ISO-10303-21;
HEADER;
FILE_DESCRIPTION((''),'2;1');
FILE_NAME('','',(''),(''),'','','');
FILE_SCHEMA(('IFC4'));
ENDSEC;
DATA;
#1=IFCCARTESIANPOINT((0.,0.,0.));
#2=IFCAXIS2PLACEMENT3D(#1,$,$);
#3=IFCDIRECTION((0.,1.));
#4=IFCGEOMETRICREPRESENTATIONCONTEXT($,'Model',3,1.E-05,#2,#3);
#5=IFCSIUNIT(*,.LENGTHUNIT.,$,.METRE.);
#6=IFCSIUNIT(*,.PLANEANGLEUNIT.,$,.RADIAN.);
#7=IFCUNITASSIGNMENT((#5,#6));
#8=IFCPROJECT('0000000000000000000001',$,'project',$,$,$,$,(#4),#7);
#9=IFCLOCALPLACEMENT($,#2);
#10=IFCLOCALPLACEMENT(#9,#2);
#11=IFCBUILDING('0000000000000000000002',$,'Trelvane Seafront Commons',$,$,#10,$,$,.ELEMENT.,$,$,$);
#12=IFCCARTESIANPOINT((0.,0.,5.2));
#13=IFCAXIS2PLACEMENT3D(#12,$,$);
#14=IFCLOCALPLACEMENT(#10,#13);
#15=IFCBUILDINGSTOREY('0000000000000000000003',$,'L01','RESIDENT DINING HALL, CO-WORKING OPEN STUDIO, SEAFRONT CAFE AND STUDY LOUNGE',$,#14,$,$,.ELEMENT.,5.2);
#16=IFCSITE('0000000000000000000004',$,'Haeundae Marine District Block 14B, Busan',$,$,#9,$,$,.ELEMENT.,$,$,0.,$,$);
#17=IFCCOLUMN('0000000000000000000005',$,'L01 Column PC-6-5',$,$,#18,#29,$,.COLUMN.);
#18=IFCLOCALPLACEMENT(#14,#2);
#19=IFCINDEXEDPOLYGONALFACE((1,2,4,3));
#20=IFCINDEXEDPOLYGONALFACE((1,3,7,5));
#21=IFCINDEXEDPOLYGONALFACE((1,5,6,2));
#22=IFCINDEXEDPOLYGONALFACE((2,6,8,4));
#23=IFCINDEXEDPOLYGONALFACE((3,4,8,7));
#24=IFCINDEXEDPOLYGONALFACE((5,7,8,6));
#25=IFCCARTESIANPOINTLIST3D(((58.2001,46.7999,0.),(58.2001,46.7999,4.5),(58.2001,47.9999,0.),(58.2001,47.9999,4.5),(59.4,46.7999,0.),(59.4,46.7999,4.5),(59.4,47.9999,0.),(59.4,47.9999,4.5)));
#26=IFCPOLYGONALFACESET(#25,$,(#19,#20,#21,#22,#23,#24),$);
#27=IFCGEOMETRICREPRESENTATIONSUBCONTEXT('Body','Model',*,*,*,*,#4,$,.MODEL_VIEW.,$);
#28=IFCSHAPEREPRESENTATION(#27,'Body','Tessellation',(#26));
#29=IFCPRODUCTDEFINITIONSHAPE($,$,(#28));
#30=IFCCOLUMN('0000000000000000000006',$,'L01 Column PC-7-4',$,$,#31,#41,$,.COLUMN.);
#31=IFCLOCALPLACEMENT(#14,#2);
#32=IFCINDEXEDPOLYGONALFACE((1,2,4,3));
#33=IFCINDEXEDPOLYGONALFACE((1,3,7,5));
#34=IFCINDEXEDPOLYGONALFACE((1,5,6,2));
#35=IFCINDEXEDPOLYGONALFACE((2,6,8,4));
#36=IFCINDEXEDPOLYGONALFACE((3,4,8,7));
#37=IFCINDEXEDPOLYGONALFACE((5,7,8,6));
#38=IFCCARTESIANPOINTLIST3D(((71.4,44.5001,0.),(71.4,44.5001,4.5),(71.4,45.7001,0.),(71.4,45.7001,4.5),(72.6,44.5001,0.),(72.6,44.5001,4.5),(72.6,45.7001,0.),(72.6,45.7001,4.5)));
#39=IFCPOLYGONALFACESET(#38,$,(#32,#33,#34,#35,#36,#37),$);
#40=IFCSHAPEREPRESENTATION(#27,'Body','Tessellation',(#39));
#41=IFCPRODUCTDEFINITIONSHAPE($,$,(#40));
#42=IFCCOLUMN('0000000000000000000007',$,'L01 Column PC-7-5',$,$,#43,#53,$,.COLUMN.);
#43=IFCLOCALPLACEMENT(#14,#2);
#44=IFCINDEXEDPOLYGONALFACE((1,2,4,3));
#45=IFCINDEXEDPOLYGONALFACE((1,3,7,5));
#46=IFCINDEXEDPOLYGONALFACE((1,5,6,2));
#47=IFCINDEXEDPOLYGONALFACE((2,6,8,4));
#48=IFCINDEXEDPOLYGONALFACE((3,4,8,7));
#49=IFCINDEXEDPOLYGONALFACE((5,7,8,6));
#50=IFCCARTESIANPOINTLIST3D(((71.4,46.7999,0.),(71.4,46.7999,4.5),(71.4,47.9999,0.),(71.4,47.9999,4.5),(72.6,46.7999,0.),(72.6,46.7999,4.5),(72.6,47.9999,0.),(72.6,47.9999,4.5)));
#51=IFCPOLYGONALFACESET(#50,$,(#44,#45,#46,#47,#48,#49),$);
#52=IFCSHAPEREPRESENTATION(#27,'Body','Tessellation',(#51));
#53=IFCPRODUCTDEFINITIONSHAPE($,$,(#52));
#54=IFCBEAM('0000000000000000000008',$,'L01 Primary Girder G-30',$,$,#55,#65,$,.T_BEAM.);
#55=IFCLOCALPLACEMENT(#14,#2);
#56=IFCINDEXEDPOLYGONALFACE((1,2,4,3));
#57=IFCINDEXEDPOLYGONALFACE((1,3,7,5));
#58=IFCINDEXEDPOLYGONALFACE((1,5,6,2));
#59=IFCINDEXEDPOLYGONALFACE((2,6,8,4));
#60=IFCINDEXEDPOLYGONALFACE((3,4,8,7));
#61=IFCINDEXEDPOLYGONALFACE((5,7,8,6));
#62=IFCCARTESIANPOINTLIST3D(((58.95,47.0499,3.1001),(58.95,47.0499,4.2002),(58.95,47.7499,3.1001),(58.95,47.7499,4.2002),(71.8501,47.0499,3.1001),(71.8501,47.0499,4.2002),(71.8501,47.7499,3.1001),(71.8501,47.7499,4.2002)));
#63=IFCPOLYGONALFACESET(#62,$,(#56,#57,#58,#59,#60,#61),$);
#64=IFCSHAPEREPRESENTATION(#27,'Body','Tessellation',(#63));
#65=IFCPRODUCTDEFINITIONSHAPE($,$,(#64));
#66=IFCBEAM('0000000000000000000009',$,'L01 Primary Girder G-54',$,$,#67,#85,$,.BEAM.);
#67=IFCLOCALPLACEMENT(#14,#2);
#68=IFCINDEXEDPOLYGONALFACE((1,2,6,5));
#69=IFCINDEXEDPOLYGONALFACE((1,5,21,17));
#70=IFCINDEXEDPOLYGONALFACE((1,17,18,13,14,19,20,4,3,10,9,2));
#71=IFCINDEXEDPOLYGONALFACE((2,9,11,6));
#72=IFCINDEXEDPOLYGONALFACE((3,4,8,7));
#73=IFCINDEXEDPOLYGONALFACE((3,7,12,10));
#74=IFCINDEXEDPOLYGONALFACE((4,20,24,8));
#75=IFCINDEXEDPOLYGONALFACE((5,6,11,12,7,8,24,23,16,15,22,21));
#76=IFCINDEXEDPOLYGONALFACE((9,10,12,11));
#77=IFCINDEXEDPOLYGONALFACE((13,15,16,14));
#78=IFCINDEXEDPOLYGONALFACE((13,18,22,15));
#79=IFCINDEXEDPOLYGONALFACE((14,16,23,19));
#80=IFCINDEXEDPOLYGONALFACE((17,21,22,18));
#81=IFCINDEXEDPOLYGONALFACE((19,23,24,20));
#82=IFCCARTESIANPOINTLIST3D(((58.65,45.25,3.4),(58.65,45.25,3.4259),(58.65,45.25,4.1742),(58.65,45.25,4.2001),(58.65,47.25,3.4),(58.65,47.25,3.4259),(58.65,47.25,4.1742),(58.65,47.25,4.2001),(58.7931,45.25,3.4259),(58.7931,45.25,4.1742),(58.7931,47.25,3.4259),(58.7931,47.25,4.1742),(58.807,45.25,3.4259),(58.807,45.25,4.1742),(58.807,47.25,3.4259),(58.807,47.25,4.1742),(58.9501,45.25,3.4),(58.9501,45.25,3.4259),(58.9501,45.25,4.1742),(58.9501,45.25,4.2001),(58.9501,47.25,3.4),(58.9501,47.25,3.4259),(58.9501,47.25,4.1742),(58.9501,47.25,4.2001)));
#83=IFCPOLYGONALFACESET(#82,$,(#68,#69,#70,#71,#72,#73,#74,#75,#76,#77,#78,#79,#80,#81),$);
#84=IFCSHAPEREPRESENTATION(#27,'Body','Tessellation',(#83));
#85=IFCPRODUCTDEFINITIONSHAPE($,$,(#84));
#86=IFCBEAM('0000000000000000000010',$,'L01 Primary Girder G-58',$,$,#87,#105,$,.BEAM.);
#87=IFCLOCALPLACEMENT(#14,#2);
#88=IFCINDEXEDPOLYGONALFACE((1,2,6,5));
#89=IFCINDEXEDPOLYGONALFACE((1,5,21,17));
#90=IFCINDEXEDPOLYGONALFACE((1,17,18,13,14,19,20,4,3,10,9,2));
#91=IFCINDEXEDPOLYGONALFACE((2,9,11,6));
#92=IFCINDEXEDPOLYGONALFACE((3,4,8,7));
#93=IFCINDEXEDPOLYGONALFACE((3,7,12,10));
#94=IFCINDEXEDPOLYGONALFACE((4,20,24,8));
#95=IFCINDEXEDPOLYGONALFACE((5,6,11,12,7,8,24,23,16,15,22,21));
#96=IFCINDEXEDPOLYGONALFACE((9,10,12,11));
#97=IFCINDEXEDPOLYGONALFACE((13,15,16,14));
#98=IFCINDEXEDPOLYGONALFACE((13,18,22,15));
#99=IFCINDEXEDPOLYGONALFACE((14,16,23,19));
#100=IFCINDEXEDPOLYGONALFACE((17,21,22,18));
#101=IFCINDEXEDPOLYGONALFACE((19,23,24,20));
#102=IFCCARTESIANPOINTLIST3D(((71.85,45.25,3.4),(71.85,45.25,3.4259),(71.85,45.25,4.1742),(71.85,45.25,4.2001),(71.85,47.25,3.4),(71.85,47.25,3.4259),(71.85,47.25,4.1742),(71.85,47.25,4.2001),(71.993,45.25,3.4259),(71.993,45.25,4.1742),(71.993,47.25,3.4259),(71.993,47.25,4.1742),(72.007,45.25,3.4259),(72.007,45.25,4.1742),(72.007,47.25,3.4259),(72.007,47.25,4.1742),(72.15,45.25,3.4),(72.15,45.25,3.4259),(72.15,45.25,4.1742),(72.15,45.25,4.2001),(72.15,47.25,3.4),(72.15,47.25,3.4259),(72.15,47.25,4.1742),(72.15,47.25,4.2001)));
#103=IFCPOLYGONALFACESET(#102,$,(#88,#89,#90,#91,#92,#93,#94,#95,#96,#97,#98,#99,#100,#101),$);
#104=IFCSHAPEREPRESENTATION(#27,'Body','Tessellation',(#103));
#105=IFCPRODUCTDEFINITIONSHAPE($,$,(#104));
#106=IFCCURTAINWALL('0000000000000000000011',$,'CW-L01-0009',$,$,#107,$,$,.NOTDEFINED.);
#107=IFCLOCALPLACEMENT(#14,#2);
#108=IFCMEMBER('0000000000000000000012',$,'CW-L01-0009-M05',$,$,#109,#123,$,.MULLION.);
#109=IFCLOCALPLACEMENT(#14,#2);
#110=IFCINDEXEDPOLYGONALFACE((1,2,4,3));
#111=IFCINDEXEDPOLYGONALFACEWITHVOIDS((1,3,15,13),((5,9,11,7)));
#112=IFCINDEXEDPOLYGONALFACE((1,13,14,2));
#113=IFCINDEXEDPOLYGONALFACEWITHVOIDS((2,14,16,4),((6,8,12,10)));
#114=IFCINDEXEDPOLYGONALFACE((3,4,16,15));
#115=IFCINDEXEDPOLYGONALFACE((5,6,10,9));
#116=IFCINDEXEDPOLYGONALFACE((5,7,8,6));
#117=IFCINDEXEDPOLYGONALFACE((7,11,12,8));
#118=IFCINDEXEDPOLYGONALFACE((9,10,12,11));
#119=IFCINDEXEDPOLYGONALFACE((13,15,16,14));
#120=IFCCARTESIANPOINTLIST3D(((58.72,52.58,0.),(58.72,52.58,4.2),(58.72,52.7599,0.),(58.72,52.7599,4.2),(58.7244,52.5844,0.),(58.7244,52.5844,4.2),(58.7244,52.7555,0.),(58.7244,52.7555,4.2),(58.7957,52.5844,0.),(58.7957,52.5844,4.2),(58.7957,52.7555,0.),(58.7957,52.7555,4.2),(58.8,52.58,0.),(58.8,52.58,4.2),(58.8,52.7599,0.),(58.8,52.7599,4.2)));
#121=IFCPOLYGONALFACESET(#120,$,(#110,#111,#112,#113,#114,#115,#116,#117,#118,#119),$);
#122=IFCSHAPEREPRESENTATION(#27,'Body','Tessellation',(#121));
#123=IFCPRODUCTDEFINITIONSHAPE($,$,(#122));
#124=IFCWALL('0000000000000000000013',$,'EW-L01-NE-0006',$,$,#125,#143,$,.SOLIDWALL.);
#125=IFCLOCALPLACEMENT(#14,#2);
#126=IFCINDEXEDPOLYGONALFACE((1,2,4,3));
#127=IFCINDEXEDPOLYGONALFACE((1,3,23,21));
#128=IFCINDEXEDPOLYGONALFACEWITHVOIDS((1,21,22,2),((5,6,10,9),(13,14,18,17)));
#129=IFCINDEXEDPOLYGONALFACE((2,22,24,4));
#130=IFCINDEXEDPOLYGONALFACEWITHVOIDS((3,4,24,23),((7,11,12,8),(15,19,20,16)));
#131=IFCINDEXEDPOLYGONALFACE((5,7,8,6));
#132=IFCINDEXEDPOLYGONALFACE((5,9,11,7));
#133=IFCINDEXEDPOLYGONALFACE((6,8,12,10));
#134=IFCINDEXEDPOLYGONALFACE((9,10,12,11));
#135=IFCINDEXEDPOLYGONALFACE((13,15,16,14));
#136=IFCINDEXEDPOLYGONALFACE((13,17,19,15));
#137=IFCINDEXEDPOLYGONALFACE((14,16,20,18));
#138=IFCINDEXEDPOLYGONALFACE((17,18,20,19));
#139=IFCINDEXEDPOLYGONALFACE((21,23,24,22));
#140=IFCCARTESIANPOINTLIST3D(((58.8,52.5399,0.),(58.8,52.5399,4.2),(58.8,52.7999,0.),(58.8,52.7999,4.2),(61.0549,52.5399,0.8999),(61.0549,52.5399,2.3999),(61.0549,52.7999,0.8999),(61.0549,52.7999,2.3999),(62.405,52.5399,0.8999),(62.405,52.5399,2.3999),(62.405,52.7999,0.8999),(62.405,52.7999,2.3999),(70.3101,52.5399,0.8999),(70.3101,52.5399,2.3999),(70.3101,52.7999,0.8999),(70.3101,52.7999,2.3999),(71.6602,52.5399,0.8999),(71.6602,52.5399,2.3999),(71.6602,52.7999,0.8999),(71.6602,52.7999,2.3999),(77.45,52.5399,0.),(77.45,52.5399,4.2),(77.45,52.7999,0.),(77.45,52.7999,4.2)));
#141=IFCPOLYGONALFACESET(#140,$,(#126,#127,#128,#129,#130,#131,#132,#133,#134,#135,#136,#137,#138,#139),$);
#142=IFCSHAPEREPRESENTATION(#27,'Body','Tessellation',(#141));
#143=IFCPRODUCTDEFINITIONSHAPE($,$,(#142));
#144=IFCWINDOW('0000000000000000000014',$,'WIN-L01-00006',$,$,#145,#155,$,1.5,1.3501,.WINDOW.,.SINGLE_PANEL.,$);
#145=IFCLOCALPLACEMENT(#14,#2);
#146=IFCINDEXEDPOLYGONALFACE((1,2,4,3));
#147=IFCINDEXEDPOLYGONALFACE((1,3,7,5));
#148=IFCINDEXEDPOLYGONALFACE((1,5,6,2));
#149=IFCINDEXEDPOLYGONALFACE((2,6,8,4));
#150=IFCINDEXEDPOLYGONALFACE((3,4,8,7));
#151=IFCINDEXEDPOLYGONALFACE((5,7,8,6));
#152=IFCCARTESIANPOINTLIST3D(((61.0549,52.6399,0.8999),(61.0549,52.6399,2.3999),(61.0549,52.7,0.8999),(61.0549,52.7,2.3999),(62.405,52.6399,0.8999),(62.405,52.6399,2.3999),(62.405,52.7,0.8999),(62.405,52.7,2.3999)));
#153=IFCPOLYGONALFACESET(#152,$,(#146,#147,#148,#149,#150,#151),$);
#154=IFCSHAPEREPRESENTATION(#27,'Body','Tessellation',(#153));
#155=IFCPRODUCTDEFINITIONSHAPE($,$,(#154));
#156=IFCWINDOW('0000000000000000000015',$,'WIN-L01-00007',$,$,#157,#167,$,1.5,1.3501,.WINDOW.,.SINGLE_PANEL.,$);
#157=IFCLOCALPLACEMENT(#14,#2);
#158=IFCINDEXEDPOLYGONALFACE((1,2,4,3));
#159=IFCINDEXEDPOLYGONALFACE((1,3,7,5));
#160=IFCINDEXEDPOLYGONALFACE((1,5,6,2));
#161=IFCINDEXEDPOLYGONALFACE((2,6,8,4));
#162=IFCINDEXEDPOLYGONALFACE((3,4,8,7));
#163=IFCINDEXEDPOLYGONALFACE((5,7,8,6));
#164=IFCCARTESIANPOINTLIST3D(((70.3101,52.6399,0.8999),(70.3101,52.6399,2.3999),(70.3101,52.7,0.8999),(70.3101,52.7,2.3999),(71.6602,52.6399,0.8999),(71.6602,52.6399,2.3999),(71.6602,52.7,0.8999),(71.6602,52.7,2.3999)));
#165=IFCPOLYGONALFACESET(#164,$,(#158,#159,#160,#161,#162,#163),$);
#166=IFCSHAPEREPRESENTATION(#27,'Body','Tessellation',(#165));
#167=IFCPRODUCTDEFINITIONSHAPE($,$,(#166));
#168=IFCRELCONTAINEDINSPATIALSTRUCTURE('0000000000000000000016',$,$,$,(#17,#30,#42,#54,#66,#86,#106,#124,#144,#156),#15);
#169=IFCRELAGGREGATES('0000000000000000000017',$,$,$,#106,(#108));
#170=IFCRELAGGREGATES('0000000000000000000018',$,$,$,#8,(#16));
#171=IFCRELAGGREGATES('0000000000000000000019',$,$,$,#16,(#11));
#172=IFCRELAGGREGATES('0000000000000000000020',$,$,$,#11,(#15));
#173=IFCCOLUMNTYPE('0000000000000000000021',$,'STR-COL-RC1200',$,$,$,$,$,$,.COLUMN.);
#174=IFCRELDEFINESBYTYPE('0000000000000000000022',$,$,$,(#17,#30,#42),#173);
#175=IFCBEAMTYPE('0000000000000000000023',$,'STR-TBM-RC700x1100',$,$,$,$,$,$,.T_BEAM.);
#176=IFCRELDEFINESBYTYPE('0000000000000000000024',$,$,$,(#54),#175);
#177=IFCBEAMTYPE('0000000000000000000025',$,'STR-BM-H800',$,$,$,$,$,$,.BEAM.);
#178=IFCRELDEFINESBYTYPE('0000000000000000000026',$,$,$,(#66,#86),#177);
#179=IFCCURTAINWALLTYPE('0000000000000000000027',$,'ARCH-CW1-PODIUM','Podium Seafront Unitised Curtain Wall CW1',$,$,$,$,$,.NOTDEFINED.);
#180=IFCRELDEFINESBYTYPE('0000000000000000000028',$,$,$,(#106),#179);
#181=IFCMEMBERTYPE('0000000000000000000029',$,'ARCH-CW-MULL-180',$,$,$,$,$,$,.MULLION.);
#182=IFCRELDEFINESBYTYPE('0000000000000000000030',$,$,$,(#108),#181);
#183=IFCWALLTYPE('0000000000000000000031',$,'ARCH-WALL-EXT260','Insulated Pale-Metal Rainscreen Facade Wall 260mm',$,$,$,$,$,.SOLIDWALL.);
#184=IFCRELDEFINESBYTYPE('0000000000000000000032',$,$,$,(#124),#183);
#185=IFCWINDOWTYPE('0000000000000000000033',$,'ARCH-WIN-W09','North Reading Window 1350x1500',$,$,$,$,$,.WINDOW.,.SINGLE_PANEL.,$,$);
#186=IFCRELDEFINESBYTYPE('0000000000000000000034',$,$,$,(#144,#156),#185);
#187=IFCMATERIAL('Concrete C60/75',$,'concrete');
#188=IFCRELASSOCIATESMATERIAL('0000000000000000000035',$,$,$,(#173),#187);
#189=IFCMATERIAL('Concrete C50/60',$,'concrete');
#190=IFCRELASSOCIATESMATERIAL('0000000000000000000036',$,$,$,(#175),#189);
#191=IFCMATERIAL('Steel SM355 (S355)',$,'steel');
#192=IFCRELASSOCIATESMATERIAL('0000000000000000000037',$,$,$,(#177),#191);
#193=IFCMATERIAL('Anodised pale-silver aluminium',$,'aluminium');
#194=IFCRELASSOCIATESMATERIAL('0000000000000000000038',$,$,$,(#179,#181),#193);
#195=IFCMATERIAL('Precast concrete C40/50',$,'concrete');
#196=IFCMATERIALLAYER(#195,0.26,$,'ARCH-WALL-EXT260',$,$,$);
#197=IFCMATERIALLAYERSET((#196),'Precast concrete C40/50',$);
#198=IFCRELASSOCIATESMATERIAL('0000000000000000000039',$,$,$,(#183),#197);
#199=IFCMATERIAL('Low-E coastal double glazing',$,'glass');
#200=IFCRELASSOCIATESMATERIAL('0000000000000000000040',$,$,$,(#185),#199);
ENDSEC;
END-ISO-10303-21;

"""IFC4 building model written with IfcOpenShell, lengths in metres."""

from ifc_helpers import new_model, si_unit, direction, frame, frame_2d, origin, origin_2d, place, context, subcontext, project, spatial, rectangle, hollow_rectangle, i_section, extrude, source, transform, mapped, material, layer, layer_set, material_profile, profile_set, type_object, element, fill, aggregate, save


model = new_model("IFC4")

# Units and contexts
model_context = context("Model", 3, precision=1e-05, world=origin(), true_north=direction((0.0, 1.0)))
body_context = subcontext(model_context, "Body", "Model", "MODEL_VIEW")
ifc_project = project(units=[si_unit("LENGTHUNIT", "METRE"), si_unit("PLANEANGLEUNIT", "RADIAN")], contexts=[model_context])

# Site, building, storey
site_placement = place(None, origin())
site = spatial("IfcSite", under=ifc_project, at=site_placement, Name="Haeundae Marine District Block 14B, Busan", CompositionType="ELEMENT", RefElevation=0.0)
building_placement = place(site_placement, origin())
building = spatial("IfcBuilding", under=site, at=building_placement, Name="Trelvane Seafront Commons", CompositionType="ELEMENT")
storey_placement = place(building_placement, frame((0.0, 0.0, 5.2)))
storey = spatial("IfcBuildingStorey", under=building, at=storey_placement, Name="L01", Description="RESIDENT DINING HALL, CO-WORKING OPEN STUDIO, SEAFRONT CAFE AND STUDY LOUNGE", CompositionType="ELEMENT", Elevation=5.2)

# Columns
ifc_material_1 = material(Name="Concrete C60/75", Category="concrete")
ifc_material_profile_1 = material_profile(ifc_material_1, rectangle(XDim=1.2, YDim=1.2, at=origin_2d()), Name="RC-1200x1200")
ifc_profile_set_1 = profile_set([ifc_material_profile_1], Name="Concrete C60/75")
column_type = type_object("IfcColumnType", Name="STR-COL-RC1200", PredefinedType="COLUMN", material=ifc_profile_set_1)
shared_shape_1 = source(origin(), body_context, "Body", "SweptSolid", [
    extrude(rectangle(XDim=1.2, YDim=1.2, at=origin_2d()), origin(), (0.0, 0.0, 1.0), 4.5),
])
for number, where, z_axis, x_axis, name in (
    (1, (58.8, 47.3999, 0.0), (0.0, 0.0, 1.0), (1.0, 0.0, 0.0), "L01 Column PC-6-5"),
    (2, (72.0, 45.1001, 0.0), (0.0, 0.0, 1.0), (1.0, 0.0, 0.0), "L01 Column PC-7-4"),
    (3, (72.0, 47.3999, 0.0), (0.0, 0.0, 1.0), (1.0, 0.0, 0.0), "L01 Column PC-7-5"),
):
    element("IfcColumn", number, at=place(storey_placement, frame(where, z_axis=z_axis, x_axis=x_axis)), inside=storey, type_object=column_type, Name=name, PredefinedType="COLUMN", context=body_context, shape_type="MappedRepresentation", body=[
        mapped(shared_shape_1, transform((0.0, 0.0, 0.0), x_axis=(1.0, 0.0, 0.0), y_axis=(0.0, 1.0, 0.0), z_axis=(0.0, 0.0, 1.0), scale=1.0)),
    ])

# Beams
ifc_material_2 = material(Name="Concrete C50/60", Category="concrete")
ifc_material_profile_2 = material_profile(ifc_material_2, rectangle(XDim=0.7, YDim=1.1001, at=origin_2d()), Name="RC-700x1100")
ifc_profile_set_2 = profile_set([ifc_material_profile_2], Name="Concrete C50/60")
beam_type_1 = type_object("IfcBeamType", Name="STR-TBM-RC700x1100", PredefinedType="T_BEAM", material=ifc_profile_set_2)
shared_shape_2 = source(origin(), body_context, "Body", "SweptSolid", [
    extrude(rectangle(XDim=0.7, YDim=1.1001, at=origin_2d()), origin(), (0.0, 0.0, 1.0), 12.9001),
])
beam_placement = place(storey_placement, frame((58.95, 47.3999, 3.6501), z_axis=(1.0, 0.0, 0.0), x_axis=(0.0, 1.0, 0.0)))
element("IfcBeam", 4, at=beam_placement, inside=storey, type_object=beam_type_1, Name="L01 Primary Girder G-30", PredefinedType="T_BEAM", context=body_context, shape_type="MappedRepresentation", body=[
    mapped(shared_shape_2, transform((0.0, 0.0, 0.0), x_axis=(1.0, 0.0, 0.0), y_axis=(0.0, 1.0, 0.0), z_axis=(0.0, 0.0, 1.0), scale=1.0)),
])
ifc_material_3 = material(Name="Steel SM355 (S355)", Category="steel")
ifc_material_profile_3 = material_profile(ifc_material_3, i_section(OverallWidth=0.3, OverallDepth=0.8, WebThickness=0.0139, FlangeThickness=0.0259, at=origin_2d()), Name="H-800x300x14x26")
ifc_profile_set_3 = profile_set([ifc_material_profile_3], Name="Steel SM355 (S355)")
beam_type_2 = type_object("IfcBeamType", Name="STR-BM-H800", PredefinedType="BEAM", material=ifc_profile_set_3)
shared_shape_3 = source(origin(), body_context, "Body", "SweptSolid", [
    extrude(i_section(OverallWidth=0.3, OverallDepth=0.8, WebThickness=0.0139, FlangeThickness=0.0259, at=origin_2d()), origin(), (0.0, 0.0, 1.0), 2.0),
])
for number, where, z_axis, x_axis, name in (
    (5, (58.8, 45.25, 3.8), (0.0, 1.0, 0.0), (-1.0, 0.0, 0.0), "L01 Primary Girder G-54"),
    (6, (72.0, 45.25, 3.8), (0.0, 1.0, 0.0), (-1.0, 0.0, 0.0), "L01 Primary Girder G-58"),
):
    element("IfcBeam", number, at=place(storey_placement, frame(where, z_axis=z_axis, x_axis=x_axis)), inside=storey, type_object=beam_type_2, Name=name, PredefinedType="BEAM", context=body_context, shape_type="MappedRepresentation", body=[
        mapped(shared_shape_3, transform((0.0, 0.0, 0.0), x_axis=(1.0, 0.0, 0.0), y_axis=(0.0, 1.0, 0.0), z_axis=(0.0, 0.0, 1.0), scale=1.0)),
    ])

# Curtain wall, member
ifc_material_4 = material(Name="Anodised pale-silver aluminium", Category="aluminium")
curtain_wall_type = type_object("IfcCurtainWallType", Name="ARCH-CW1-PODIUM", Description="Podium Seafront Unitised Curtain Wall CW1", PredefinedType="NOTDEFINED", material=ifc_material_4)
curtain_wall_placement = place(storey_placement, origin())
curtain_wall = element("IfcCurtainWall", 7, at=curtain_wall_placement, inside=storey, type_object=curtain_wall_type, Name="CW-L01-0009", PredefinedType="NOTDEFINED")
ifc_material_profile_4 = material_profile(ifc_material_4, hollow_rectangle(XDim=0.0801, YDim=0.1799, WallThickness=0.0044, at=origin_2d()), Name="MULL-80x180x4.5")
ifc_profile_set_4 = profile_set([ifc_material_profile_4], Name="Anodised pale-silver aluminium")
member_type = type_object("IfcMemberType", Name="ARCH-CW-MULL-180", PredefinedType="MULLION", material=ifc_profile_set_4)
shared_shape_4 = source(origin(), body_context, "Body", "SweptSolid", [
    extrude(hollow_rectangle(XDim=0.0801, YDim=0.1799, WallThickness=0.0044, at=origin_2d()), origin(), (0.0, 0.0, 1.0), 4.2),
])
member_placement = place(storey_placement, frame((58.76, 52.6699, 0.0), z_axis=(0.0, 0.0, 1.0), x_axis=(1.0, 0.0, 0.0)))
member = element("IfcMember", 8, at=member_placement, type_object=member_type, Name="CW-L01-0009-M05", PredefinedType="MULLION", context=body_context, shape_type="MappedRepresentation", body=[
    mapped(shared_shape_4, transform((0.0, 0.0, 0.0), x_axis=(1.0, 0.0, 0.0), y_axis=(0.0, 1.0, 0.0), z_axis=(0.0, 0.0, 1.0), scale=1.0)),
])
aggregate(curtain_wall, [member])

# Wall, openings, windows
ifc_material_5 = material(Name="Precast concrete C40/50", Category="concrete")
ifc_layer_1 = layer(ifc_material_5, 0.26, Name="ARCH-WALL-EXT260")
ifc_layer_set_1 = layer_set([ifc_layer_1], Name="Precast concrete C40/50")
wall_type_1 = type_object("IfcWallType", Name="ARCH-WALL-EXT260", Description="Insulated Pale-Metal Rainscreen Facade Wall 260mm", PredefinedType="SOLIDWALL", material=ifc_layer_set_1)
wall_1_placement = place(storey_placement, frame((58.8, 52.6699, 0.0), z_axis=(0.0, 0.0, 1.0), x_axis=(1.0, 0.0, 0.0)))
wall_1 = element("IfcWall", 9, at=wall_1_placement, inside=storey, type_object=wall_type_1, Name="EW-L01-NE-0006", PredefinedType="SOLIDWALL", context=body_context, shape_type="SweptSolid", body=[
    extrude(rectangle(XDim=18.6499, YDim=0.26, at=frame_2d((9.325, 0.0))), origin(), (0.0, 0.0, 1.0), 4.2),
])
opening_1_placement = place(wall_1_placement, frame((2.2549, 0.0, 0.8999)))
opening_1 = element("IfcOpeningElement", 10, at=opening_1_placement, cuts=wall_1, PredefinedType="OPENING", context=body_context, shape_type="SweptSolid", body=[
    extrude(rectangle(XDim=1.3501, YDim=1.5, at=frame_2d((0.675, 0.75))), frame((0.0, 0.1399, 0.0), z_axis=(0.0, -1.0, 0.0), x_axis=(1.0, 0.0, 0.0)), (0.0, 0.0, 1.0), 0.28),
])
opening_2_placement = place(wall_1_placement, frame((11.51, 0.0, 0.8999)))
opening_2 = element("IfcOpeningElement", 11, at=opening_2_placement, cuts=wall_1, PredefinedType="OPENING", context=body_context, shape_type="SweptSolid", body=[
    extrude(rectangle(XDim=1.3501, YDim=1.5, at=frame_2d((0.675, 0.75))), frame((0.0, 0.1399, 0.0), z_axis=(0.0, -1.0, 0.0), x_axis=(1.0, 0.0, 0.0)), (0.0, 0.0, 1.0), 0.28),
])
ifc_material_6 = material(Name="Low-E coastal double glazing", Category="glass")
window_type_1 = type_object("IfcWindowType", Name="ARCH-WIN-W09", Description="North Reading Window 1350x1500", PartitioningType="SINGLE_PANEL", PredefinedType="WINDOW", material=ifc_material_6)
shared_shape_5 = source(origin(), body_context, "Body", "SweptSolid", [
    extrude(rectangle(XDim=1.3501, YDim=1.5, at=frame_2d((0.675, 0.75))), frame((0.0, 0.03, 0.0), z_axis=(0.0, -1.0, 0.0), x_axis=(1.0, 0.0, 0.0)), (0.0, 0.0, 1.0), 0.0601),
])
window_1_placement = place(opening_1_placement, origin())
window_1 = element("IfcWindow", 12, at=window_1_placement, inside=storey, type_object=window_type_1, Name="WIN-L01-00006", OverallHeight=1.5, OverallWidth=1.3501, PartitioningType="SINGLE_PANEL", PredefinedType="WINDOW", context=body_context, shape_type="MappedRepresentation", body=[
    mapped(shared_shape_5, transform((0.0, 0.0, 0.0), x_axis=(1.0, 0.0, 0.0), y_axis=(0.0, 1.0, 0.0), z_axis=(0.0, 0.0, 1.0), scale=1.0)),
])
fill(opening_1, window_1)
window_2_placement = place(opening_2_placement, origin())
window_2 = element("IfcWindow", 13, at=window_2_placement, inside=storey, type_object=window_type_1, Name="WIN-L01-00007", OverallHeight=1.5, OverallWidth=1.3501, PartitioningType="SINGLE_PANEL", PredefinedType="WINDOW", context=body_context, shape_type="MappedRepresentation", body=[
    mapped(shared_shape_5, transform((0.0, 0.0, 0.0), x_axis=(1.0, 0.0, 0.0), y_axis=(0.0, 1.0, 0.0), z_axis=(0.0, 0.0, 1.0), scale=1.0)),
])
fill(opening_2, window_2)

save(model, "model.ifc")
